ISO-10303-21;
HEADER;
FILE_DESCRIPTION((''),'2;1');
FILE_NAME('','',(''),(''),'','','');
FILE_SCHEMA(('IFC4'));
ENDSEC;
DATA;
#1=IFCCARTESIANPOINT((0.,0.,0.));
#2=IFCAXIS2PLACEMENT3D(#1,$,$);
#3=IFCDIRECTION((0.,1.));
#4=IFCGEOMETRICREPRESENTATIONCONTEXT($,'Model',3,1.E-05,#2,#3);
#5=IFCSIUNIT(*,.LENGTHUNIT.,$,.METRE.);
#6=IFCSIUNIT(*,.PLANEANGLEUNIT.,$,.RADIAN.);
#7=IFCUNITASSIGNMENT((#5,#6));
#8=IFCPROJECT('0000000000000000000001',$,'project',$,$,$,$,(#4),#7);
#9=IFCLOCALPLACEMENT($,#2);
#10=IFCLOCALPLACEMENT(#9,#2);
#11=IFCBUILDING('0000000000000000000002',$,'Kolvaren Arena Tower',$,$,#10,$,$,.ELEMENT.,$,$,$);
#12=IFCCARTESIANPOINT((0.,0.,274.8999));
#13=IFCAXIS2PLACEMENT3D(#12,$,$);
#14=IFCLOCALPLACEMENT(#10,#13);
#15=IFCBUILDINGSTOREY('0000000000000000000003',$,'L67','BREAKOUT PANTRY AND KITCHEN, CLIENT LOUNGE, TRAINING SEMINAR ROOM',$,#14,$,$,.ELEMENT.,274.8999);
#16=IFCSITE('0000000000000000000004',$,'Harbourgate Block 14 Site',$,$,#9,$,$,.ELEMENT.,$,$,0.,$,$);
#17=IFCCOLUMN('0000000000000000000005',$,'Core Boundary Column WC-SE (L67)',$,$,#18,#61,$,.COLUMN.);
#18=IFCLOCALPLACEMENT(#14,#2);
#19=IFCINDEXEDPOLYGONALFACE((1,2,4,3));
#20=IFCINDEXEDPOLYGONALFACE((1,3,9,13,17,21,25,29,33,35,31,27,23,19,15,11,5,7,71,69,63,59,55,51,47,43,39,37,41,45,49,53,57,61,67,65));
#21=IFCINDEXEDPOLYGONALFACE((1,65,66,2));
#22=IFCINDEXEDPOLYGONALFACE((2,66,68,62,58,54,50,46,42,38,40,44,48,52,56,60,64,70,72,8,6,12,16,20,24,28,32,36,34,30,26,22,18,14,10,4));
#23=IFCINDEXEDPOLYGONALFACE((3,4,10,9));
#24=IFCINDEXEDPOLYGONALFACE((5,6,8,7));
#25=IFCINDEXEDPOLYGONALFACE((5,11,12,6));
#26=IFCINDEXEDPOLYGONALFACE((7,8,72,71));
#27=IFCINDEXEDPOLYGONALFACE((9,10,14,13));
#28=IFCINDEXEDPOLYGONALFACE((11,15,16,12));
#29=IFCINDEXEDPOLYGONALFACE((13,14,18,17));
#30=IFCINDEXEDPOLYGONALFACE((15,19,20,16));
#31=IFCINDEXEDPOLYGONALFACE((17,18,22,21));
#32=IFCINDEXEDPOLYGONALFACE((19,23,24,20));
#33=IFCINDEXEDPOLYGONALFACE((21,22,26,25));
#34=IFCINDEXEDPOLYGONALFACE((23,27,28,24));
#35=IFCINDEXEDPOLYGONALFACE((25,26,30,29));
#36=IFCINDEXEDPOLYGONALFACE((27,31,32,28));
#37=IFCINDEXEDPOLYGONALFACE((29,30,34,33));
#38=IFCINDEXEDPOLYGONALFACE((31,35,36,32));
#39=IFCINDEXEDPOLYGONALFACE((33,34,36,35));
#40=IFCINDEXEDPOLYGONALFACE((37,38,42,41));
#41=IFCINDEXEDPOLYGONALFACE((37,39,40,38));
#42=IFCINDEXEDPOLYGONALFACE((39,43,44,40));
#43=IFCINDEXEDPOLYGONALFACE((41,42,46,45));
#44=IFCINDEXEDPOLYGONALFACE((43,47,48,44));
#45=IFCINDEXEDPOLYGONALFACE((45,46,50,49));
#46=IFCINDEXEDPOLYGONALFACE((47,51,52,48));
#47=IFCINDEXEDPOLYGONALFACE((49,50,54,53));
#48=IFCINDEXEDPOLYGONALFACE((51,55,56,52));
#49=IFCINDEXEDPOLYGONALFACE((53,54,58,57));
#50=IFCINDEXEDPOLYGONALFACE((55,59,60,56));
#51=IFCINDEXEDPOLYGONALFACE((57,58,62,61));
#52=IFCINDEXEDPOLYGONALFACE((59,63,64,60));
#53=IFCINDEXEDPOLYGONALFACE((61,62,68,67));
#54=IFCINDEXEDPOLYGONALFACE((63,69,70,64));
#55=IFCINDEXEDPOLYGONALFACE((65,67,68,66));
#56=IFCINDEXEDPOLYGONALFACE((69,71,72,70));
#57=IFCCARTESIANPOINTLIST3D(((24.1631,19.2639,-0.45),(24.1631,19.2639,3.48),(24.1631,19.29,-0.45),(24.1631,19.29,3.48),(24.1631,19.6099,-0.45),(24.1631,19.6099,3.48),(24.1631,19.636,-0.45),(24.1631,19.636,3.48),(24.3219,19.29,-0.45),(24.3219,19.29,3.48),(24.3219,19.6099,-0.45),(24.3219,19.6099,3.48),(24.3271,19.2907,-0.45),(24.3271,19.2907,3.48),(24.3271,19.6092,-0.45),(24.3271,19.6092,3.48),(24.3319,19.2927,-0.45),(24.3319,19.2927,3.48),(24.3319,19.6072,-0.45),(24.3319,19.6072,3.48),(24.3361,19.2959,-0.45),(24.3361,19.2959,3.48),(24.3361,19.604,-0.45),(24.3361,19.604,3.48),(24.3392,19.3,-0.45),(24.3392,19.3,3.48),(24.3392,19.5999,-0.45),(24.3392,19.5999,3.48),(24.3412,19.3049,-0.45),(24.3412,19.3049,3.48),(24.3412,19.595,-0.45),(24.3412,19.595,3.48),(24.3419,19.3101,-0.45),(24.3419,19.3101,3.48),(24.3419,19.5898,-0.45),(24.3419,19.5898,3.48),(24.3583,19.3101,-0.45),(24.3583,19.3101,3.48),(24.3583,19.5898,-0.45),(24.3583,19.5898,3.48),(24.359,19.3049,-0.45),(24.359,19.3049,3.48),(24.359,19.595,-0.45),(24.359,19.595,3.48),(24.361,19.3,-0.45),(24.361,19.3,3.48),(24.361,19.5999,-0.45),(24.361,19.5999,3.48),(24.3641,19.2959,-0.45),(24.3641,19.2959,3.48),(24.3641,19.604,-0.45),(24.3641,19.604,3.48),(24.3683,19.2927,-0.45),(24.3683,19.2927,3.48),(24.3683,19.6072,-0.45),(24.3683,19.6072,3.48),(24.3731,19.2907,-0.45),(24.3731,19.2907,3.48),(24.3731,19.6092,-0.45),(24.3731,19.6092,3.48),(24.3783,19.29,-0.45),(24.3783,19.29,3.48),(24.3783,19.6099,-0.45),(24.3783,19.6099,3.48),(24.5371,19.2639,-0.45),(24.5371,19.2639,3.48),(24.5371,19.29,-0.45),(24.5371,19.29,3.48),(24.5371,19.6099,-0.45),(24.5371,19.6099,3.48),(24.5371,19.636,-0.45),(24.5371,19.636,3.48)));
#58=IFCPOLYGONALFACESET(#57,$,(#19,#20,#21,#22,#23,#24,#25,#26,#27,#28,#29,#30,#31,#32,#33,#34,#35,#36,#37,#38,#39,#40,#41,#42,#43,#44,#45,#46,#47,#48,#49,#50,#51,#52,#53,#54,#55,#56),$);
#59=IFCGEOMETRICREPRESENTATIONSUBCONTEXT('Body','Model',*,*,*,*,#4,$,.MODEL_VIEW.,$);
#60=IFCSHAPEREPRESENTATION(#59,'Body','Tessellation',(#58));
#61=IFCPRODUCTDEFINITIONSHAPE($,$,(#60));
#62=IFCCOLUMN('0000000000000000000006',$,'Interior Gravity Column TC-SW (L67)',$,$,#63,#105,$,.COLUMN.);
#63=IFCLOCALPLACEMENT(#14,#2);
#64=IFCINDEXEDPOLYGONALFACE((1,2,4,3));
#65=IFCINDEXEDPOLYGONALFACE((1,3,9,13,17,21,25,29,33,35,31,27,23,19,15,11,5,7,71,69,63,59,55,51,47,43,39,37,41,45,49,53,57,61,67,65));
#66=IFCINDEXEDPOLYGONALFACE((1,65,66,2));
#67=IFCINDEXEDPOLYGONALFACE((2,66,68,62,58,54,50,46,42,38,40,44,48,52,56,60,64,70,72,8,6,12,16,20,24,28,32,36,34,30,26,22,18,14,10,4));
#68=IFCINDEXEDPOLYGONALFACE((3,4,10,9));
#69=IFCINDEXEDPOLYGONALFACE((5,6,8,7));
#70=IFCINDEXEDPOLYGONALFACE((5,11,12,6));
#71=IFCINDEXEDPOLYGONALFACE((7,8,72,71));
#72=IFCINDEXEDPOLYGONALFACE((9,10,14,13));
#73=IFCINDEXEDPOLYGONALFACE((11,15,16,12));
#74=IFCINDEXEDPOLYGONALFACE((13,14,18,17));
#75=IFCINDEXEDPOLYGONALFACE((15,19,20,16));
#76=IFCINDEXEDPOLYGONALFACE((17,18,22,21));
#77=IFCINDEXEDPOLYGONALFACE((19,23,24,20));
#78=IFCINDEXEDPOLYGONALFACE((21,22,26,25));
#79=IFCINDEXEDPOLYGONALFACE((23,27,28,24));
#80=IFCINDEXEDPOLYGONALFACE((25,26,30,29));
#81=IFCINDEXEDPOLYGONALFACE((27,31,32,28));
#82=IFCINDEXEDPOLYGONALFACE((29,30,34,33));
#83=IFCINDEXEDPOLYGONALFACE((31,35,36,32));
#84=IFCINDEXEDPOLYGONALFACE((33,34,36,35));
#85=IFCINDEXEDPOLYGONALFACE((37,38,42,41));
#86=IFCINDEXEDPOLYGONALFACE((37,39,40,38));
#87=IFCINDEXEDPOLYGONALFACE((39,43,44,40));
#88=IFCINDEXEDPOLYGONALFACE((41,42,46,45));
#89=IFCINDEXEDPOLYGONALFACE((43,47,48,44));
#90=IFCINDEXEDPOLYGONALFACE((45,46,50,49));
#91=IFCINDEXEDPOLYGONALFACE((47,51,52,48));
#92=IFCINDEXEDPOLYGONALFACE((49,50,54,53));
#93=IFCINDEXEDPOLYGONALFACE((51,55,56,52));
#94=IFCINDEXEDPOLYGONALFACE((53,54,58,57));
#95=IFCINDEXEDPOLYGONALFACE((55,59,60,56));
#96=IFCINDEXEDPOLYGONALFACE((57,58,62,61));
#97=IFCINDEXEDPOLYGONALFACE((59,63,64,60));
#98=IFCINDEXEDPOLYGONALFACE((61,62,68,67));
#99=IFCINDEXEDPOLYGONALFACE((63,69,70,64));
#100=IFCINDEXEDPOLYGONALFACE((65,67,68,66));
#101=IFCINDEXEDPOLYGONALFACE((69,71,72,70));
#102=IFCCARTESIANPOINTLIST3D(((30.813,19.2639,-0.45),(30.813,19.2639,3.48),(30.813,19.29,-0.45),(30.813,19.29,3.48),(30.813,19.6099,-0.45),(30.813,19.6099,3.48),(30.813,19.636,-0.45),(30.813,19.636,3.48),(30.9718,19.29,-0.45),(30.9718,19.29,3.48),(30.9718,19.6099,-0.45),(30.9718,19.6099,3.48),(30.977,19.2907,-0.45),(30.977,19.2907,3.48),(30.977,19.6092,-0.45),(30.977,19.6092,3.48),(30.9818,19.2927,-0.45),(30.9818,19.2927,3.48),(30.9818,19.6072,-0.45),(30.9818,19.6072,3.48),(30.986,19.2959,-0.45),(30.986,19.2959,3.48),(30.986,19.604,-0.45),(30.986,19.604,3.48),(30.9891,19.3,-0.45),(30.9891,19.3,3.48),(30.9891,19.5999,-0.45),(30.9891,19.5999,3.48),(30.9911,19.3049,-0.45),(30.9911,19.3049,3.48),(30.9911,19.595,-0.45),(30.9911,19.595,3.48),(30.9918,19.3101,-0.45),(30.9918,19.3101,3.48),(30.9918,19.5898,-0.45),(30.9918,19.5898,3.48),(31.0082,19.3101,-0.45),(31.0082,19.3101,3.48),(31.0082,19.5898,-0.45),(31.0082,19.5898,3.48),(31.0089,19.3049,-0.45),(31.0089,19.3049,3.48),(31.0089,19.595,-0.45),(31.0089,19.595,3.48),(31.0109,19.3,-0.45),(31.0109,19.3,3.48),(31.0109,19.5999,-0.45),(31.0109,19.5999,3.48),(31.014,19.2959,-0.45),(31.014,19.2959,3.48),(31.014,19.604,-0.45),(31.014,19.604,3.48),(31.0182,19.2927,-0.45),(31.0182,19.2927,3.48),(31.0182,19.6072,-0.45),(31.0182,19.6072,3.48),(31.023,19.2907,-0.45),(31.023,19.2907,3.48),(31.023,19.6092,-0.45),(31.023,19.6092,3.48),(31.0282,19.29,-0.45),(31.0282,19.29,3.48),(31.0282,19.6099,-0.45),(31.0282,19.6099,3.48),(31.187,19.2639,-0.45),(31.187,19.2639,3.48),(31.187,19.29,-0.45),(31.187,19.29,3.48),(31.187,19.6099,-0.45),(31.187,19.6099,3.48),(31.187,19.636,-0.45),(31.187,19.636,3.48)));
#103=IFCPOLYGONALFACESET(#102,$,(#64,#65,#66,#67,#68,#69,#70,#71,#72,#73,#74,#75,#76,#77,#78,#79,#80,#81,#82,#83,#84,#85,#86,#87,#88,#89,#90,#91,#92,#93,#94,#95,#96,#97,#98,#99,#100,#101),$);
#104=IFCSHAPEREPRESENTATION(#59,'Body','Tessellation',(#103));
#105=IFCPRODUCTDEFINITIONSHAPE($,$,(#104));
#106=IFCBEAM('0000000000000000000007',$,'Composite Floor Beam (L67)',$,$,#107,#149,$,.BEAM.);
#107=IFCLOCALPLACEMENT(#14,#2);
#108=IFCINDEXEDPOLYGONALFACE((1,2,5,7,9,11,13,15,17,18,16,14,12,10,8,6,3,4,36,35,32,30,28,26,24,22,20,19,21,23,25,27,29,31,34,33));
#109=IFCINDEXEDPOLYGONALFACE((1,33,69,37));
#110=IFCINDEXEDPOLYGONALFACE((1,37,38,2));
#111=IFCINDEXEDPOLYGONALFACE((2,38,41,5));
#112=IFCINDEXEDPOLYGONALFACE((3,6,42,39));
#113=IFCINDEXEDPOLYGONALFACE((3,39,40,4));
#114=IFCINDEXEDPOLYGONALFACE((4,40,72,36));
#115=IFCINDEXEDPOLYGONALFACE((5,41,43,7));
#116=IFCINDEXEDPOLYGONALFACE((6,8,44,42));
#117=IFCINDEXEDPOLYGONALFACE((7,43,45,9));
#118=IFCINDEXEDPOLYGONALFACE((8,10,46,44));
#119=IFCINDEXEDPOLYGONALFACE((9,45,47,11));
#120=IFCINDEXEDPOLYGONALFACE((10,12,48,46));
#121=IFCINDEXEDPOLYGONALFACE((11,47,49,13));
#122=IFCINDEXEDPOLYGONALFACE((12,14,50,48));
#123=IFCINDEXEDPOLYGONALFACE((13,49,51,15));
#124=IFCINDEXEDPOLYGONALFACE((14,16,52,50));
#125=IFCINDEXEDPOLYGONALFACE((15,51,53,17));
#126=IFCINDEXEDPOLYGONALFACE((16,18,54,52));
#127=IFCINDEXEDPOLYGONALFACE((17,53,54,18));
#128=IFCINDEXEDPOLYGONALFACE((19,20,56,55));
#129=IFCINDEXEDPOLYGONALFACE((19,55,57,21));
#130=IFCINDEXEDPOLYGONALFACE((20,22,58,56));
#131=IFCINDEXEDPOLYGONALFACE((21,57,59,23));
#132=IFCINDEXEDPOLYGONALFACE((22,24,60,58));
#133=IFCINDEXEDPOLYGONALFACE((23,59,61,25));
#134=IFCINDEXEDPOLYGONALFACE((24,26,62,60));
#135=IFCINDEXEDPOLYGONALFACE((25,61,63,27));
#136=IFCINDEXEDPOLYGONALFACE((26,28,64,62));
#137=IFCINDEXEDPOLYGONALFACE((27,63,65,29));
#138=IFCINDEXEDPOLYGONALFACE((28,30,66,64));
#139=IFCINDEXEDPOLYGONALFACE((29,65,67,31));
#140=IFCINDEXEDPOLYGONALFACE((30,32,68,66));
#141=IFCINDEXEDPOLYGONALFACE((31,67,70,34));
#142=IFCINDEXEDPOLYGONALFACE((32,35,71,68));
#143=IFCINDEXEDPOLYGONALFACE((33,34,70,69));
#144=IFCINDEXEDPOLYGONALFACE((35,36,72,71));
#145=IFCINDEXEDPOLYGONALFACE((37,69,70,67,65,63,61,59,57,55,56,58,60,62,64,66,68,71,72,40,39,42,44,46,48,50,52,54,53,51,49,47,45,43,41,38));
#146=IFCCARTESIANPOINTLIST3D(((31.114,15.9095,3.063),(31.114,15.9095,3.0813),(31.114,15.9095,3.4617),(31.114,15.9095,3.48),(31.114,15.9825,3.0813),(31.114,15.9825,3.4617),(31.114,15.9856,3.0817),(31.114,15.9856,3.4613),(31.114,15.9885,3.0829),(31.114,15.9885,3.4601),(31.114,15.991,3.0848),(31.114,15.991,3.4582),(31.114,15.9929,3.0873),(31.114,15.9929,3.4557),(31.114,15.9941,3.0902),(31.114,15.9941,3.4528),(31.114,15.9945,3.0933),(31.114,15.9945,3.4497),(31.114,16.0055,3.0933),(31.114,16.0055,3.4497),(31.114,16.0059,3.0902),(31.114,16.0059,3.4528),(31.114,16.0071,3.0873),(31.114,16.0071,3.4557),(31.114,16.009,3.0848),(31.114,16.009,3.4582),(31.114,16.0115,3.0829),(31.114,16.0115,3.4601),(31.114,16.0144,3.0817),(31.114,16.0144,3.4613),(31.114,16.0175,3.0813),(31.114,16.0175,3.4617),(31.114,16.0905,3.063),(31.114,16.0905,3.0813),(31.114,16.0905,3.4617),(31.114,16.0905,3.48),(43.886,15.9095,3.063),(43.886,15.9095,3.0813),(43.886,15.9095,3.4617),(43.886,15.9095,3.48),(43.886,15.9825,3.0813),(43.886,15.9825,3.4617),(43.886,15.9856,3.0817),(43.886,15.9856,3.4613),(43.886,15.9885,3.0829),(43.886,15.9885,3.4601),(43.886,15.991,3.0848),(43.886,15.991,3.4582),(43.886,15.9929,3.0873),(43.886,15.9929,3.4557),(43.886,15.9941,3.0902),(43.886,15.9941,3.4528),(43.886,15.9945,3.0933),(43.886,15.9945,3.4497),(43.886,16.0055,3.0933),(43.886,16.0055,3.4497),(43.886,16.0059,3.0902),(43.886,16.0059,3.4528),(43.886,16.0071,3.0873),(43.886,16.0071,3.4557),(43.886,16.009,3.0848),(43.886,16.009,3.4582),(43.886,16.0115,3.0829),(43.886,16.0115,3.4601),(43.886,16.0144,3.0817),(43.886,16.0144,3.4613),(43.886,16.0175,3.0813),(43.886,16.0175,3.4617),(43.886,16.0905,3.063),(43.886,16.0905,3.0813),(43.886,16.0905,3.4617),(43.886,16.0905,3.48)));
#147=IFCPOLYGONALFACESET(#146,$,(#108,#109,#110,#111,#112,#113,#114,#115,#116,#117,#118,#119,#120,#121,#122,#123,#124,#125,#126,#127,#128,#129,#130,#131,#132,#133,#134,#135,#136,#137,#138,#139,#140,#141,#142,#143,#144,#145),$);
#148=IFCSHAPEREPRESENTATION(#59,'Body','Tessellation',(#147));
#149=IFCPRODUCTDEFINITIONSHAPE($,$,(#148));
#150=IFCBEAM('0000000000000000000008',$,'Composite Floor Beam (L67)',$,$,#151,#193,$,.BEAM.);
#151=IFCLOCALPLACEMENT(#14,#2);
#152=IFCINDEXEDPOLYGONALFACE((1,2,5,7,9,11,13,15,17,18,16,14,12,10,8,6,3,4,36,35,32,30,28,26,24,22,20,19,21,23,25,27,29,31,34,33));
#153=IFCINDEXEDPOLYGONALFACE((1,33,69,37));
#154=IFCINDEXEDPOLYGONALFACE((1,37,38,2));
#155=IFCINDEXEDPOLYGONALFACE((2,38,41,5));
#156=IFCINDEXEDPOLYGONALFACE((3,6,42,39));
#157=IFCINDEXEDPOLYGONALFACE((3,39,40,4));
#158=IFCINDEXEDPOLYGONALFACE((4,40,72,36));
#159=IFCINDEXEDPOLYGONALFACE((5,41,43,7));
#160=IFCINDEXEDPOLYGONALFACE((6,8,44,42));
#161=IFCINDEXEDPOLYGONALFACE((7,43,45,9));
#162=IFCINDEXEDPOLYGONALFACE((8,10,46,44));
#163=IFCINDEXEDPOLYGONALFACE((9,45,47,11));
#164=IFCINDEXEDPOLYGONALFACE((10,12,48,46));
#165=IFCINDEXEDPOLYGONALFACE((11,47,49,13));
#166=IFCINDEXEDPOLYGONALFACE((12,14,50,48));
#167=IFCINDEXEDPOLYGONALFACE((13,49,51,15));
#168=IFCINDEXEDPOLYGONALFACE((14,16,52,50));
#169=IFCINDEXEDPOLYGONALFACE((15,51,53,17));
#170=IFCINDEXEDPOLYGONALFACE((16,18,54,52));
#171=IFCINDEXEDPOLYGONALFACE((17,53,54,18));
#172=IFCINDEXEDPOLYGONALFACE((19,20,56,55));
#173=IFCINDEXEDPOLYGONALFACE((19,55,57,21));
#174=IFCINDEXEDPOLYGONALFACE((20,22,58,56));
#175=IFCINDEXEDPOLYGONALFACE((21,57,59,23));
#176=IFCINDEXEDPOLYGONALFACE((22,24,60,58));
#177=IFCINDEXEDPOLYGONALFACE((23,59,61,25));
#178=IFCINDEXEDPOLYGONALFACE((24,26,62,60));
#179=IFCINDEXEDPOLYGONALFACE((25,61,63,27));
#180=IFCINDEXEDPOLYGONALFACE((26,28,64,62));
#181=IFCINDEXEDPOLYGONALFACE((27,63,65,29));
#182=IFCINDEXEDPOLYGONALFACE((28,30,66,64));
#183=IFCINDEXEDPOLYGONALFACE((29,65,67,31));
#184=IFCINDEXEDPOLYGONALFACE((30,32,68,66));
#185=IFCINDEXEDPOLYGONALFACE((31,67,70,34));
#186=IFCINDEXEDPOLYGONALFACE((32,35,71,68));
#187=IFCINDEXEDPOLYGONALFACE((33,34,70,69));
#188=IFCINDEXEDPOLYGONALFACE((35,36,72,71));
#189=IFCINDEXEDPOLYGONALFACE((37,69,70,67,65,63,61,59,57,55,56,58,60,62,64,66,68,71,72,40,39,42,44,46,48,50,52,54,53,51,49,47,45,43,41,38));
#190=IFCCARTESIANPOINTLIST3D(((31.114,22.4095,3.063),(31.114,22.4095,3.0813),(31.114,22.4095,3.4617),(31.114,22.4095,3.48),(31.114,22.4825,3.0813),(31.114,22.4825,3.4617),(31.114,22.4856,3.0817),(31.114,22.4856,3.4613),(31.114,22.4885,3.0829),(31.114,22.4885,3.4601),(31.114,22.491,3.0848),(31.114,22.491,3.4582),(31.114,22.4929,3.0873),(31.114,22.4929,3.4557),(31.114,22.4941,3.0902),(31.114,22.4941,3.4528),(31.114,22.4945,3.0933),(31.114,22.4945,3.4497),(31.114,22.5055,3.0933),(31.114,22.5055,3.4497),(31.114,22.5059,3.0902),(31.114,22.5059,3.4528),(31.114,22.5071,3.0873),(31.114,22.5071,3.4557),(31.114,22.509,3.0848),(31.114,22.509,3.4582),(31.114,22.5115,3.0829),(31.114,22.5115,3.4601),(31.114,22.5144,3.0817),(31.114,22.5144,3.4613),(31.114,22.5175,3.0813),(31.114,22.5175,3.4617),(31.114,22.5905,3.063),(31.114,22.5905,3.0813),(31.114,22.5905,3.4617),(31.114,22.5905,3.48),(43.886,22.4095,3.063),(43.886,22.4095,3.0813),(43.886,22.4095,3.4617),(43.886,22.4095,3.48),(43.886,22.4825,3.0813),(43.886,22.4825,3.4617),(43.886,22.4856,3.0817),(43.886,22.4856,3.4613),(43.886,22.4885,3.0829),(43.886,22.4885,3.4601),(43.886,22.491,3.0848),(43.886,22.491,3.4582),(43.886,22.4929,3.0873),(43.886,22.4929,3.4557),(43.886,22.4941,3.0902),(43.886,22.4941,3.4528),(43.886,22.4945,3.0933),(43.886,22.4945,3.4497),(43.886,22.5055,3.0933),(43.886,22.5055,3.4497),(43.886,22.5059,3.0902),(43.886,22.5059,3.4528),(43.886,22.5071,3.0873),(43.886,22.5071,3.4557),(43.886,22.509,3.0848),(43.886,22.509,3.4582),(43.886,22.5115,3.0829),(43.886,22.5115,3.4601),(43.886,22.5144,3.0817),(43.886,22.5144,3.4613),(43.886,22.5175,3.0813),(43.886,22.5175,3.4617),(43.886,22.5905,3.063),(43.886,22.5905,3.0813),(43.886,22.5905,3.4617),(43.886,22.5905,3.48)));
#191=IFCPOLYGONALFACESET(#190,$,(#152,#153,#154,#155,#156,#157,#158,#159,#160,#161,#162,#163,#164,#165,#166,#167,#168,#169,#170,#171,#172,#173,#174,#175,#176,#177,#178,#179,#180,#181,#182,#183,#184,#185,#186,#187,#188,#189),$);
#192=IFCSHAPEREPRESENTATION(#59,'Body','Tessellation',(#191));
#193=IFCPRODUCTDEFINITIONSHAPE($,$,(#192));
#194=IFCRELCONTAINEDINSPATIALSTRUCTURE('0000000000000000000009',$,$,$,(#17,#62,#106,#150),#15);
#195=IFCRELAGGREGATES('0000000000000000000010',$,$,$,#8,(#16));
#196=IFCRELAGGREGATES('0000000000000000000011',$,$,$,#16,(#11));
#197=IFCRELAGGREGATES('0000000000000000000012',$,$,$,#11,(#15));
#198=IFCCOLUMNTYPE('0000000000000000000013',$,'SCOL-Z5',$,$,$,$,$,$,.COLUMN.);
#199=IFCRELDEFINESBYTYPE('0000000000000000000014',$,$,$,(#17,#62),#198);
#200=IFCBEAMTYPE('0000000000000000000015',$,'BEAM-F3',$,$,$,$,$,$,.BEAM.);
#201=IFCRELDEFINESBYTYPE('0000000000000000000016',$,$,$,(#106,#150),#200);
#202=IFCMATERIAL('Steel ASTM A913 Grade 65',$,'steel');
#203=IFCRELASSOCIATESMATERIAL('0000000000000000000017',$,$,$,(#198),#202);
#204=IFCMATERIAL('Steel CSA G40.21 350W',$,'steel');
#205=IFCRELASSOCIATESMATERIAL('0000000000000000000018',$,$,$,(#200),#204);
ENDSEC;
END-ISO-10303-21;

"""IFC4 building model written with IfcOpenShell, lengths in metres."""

from ifc_helpers import new_model, si_unit, direction, frame, origin, origin_2d, place, context, subcontext, project, spatial, i_section, extrude, material, material_profile, profile_set, type_object, element, save


model = new_model("IFC4")

# Units and contexts
model_context = context("Model", 3, precision=1e-05, world=origin(), true_north=direction((0.0, 1.0)))
body_context = subcontext(model_context, "Body", "Model", "MODEL_VIEW")
ifc_project = project(units=[si_unit("LENGTHUNIT", "METRE"), si_unit("PLANEANGLEUNIT", "RADIAN")], contexts=[model_context])

# Site, building, storey
site_placement = place(None, origin())
site = spatial("IfcSite", under=ifc_project, at=site_placement, Name="Harbourgate Block 14 Site", CompositionType="ELEMENT", RefElevation=0.0)
building_placement = place(site_placement, origin())
building = spatial("IfcBuilding", under=site, at=building_placement, Name="Kolvaren Arena Tower", CompositionType="ELEMENT")
storey_placement = place(building_placement, frame((0.0, 0.0, 274.8999)))
storey = spatial("IfcBuildingStorey", under=building, at=storey_placement, Name="L67", Description="BREAKOUT PANTRY AND KITCHEN, CLIENT LOUNGE, TRAINING SEMINAR ROOM", CompositionType="ELEMENT", Elevation=274.8999)

# Columns
ifc_material_1 = material(Name="Steel ASTM A913 Grade 65", Category="steel")
ifc_material_profile_1 = material_profile(ifc_material_1, i_section(OverallWidth=0.374, OverallDepth=0.3721, WebThickness=0.0164, FlangeThickness=0.0261, FilletRadius=0.02, at=origin_2d()), Name="W360x196")
ifc_profile_set_1 = profile_set([ifc_material_profile_1], Name="Steel ASTM A913 Grade 65")
column_type = type_object("IfcColumnType", Name="SCOL-Z5", PredefinedType="COLUMN", material=ifc_profile_set_1)
for number, where, z_axis, x_axis, name in (
    (1, (24.3501, 19.45, -0.45), (0.0, 0.0, 1.0), (1.0, 0.0, 0.0), "Core Boundary Column WC-SE (L67)"),
    (2, (31.0, 19.45, -0.45), (0.0, 0.0, 1.0), (1.0, 0.0, 0.0), "Interior Gravity Column TC-SW (L67)"),
):
    element("IfcColumn", number, at=place(storey_placement, frame(where, z_axis=z_axis, x_axis=x_axis)), inside=storey, type_object=column_type, Name=name, PredefinedType="COLUMN", context=body_context, shape_type="SweptSolid", body=[
        extrude(i_section(OverallWidth=0.374, OverallDepth=0.3721, WebThickness=0.0164, FlangeThickness=0.0261, FilletRadius=0.02, at=origin_2d()), origin(), (0.0, 0.0, 1.0), 3.9299),
    ])

# Beams
ifc_material_2 = material(Name="Steel CSA G40.21 350W", Category="steel")
ifc_material_profile_2 = material_profile(ifc_material_2, i_section(OverallWidth=0.1809, OverallDepth=0.417, WebThickness=0.011, FlangeThickness=0.0183, FilletRadius=0.012, at=origin_2d()), Name="W410x85")
ifc_profile_set_2 = profile_set([ifc_material_profile_2], Name="Steel CSA G40.21 350W")
beam_type_1 = type_object("IfcBeamType", Name="BEAM-F3", PredefinedType="BEAM", material=ifc_profile_set_2)
for number, where, z_axis, x_axis, name in (
    (3, (31.114, 16.0, 3.2715), (1.0, 0.0, 0.0), (0.0, 1.0, 0.0), "Composite Floor Beam (L67)"),
    (4, (31.114, 22.5, 3.2715), (1.0, 0.0, 0.0), (0.0, 1.0, 0.0), "Composite Floor Beam (L67)"),
):
    element("IfcBeam", number, at=place(storey_placement, frame(where, z_axis=z_axis, x_axis=x_axis)), inside=storey, type_object=beam_type_1, Name=name, PredefinedType="BEAM", context=body_context, shape_type="SweptSolid", body=[
        extrude(i_section(OverallWidth=0.1809, OverallDepth=0.417, WebThickness=0.011, FlangeThickness=0.0183, FilletRadius=0.012, at=origin_2d()), origin(), (0.0, 0.0, 1.0), 12.772),
    ])

save(model, "model.ifc")
